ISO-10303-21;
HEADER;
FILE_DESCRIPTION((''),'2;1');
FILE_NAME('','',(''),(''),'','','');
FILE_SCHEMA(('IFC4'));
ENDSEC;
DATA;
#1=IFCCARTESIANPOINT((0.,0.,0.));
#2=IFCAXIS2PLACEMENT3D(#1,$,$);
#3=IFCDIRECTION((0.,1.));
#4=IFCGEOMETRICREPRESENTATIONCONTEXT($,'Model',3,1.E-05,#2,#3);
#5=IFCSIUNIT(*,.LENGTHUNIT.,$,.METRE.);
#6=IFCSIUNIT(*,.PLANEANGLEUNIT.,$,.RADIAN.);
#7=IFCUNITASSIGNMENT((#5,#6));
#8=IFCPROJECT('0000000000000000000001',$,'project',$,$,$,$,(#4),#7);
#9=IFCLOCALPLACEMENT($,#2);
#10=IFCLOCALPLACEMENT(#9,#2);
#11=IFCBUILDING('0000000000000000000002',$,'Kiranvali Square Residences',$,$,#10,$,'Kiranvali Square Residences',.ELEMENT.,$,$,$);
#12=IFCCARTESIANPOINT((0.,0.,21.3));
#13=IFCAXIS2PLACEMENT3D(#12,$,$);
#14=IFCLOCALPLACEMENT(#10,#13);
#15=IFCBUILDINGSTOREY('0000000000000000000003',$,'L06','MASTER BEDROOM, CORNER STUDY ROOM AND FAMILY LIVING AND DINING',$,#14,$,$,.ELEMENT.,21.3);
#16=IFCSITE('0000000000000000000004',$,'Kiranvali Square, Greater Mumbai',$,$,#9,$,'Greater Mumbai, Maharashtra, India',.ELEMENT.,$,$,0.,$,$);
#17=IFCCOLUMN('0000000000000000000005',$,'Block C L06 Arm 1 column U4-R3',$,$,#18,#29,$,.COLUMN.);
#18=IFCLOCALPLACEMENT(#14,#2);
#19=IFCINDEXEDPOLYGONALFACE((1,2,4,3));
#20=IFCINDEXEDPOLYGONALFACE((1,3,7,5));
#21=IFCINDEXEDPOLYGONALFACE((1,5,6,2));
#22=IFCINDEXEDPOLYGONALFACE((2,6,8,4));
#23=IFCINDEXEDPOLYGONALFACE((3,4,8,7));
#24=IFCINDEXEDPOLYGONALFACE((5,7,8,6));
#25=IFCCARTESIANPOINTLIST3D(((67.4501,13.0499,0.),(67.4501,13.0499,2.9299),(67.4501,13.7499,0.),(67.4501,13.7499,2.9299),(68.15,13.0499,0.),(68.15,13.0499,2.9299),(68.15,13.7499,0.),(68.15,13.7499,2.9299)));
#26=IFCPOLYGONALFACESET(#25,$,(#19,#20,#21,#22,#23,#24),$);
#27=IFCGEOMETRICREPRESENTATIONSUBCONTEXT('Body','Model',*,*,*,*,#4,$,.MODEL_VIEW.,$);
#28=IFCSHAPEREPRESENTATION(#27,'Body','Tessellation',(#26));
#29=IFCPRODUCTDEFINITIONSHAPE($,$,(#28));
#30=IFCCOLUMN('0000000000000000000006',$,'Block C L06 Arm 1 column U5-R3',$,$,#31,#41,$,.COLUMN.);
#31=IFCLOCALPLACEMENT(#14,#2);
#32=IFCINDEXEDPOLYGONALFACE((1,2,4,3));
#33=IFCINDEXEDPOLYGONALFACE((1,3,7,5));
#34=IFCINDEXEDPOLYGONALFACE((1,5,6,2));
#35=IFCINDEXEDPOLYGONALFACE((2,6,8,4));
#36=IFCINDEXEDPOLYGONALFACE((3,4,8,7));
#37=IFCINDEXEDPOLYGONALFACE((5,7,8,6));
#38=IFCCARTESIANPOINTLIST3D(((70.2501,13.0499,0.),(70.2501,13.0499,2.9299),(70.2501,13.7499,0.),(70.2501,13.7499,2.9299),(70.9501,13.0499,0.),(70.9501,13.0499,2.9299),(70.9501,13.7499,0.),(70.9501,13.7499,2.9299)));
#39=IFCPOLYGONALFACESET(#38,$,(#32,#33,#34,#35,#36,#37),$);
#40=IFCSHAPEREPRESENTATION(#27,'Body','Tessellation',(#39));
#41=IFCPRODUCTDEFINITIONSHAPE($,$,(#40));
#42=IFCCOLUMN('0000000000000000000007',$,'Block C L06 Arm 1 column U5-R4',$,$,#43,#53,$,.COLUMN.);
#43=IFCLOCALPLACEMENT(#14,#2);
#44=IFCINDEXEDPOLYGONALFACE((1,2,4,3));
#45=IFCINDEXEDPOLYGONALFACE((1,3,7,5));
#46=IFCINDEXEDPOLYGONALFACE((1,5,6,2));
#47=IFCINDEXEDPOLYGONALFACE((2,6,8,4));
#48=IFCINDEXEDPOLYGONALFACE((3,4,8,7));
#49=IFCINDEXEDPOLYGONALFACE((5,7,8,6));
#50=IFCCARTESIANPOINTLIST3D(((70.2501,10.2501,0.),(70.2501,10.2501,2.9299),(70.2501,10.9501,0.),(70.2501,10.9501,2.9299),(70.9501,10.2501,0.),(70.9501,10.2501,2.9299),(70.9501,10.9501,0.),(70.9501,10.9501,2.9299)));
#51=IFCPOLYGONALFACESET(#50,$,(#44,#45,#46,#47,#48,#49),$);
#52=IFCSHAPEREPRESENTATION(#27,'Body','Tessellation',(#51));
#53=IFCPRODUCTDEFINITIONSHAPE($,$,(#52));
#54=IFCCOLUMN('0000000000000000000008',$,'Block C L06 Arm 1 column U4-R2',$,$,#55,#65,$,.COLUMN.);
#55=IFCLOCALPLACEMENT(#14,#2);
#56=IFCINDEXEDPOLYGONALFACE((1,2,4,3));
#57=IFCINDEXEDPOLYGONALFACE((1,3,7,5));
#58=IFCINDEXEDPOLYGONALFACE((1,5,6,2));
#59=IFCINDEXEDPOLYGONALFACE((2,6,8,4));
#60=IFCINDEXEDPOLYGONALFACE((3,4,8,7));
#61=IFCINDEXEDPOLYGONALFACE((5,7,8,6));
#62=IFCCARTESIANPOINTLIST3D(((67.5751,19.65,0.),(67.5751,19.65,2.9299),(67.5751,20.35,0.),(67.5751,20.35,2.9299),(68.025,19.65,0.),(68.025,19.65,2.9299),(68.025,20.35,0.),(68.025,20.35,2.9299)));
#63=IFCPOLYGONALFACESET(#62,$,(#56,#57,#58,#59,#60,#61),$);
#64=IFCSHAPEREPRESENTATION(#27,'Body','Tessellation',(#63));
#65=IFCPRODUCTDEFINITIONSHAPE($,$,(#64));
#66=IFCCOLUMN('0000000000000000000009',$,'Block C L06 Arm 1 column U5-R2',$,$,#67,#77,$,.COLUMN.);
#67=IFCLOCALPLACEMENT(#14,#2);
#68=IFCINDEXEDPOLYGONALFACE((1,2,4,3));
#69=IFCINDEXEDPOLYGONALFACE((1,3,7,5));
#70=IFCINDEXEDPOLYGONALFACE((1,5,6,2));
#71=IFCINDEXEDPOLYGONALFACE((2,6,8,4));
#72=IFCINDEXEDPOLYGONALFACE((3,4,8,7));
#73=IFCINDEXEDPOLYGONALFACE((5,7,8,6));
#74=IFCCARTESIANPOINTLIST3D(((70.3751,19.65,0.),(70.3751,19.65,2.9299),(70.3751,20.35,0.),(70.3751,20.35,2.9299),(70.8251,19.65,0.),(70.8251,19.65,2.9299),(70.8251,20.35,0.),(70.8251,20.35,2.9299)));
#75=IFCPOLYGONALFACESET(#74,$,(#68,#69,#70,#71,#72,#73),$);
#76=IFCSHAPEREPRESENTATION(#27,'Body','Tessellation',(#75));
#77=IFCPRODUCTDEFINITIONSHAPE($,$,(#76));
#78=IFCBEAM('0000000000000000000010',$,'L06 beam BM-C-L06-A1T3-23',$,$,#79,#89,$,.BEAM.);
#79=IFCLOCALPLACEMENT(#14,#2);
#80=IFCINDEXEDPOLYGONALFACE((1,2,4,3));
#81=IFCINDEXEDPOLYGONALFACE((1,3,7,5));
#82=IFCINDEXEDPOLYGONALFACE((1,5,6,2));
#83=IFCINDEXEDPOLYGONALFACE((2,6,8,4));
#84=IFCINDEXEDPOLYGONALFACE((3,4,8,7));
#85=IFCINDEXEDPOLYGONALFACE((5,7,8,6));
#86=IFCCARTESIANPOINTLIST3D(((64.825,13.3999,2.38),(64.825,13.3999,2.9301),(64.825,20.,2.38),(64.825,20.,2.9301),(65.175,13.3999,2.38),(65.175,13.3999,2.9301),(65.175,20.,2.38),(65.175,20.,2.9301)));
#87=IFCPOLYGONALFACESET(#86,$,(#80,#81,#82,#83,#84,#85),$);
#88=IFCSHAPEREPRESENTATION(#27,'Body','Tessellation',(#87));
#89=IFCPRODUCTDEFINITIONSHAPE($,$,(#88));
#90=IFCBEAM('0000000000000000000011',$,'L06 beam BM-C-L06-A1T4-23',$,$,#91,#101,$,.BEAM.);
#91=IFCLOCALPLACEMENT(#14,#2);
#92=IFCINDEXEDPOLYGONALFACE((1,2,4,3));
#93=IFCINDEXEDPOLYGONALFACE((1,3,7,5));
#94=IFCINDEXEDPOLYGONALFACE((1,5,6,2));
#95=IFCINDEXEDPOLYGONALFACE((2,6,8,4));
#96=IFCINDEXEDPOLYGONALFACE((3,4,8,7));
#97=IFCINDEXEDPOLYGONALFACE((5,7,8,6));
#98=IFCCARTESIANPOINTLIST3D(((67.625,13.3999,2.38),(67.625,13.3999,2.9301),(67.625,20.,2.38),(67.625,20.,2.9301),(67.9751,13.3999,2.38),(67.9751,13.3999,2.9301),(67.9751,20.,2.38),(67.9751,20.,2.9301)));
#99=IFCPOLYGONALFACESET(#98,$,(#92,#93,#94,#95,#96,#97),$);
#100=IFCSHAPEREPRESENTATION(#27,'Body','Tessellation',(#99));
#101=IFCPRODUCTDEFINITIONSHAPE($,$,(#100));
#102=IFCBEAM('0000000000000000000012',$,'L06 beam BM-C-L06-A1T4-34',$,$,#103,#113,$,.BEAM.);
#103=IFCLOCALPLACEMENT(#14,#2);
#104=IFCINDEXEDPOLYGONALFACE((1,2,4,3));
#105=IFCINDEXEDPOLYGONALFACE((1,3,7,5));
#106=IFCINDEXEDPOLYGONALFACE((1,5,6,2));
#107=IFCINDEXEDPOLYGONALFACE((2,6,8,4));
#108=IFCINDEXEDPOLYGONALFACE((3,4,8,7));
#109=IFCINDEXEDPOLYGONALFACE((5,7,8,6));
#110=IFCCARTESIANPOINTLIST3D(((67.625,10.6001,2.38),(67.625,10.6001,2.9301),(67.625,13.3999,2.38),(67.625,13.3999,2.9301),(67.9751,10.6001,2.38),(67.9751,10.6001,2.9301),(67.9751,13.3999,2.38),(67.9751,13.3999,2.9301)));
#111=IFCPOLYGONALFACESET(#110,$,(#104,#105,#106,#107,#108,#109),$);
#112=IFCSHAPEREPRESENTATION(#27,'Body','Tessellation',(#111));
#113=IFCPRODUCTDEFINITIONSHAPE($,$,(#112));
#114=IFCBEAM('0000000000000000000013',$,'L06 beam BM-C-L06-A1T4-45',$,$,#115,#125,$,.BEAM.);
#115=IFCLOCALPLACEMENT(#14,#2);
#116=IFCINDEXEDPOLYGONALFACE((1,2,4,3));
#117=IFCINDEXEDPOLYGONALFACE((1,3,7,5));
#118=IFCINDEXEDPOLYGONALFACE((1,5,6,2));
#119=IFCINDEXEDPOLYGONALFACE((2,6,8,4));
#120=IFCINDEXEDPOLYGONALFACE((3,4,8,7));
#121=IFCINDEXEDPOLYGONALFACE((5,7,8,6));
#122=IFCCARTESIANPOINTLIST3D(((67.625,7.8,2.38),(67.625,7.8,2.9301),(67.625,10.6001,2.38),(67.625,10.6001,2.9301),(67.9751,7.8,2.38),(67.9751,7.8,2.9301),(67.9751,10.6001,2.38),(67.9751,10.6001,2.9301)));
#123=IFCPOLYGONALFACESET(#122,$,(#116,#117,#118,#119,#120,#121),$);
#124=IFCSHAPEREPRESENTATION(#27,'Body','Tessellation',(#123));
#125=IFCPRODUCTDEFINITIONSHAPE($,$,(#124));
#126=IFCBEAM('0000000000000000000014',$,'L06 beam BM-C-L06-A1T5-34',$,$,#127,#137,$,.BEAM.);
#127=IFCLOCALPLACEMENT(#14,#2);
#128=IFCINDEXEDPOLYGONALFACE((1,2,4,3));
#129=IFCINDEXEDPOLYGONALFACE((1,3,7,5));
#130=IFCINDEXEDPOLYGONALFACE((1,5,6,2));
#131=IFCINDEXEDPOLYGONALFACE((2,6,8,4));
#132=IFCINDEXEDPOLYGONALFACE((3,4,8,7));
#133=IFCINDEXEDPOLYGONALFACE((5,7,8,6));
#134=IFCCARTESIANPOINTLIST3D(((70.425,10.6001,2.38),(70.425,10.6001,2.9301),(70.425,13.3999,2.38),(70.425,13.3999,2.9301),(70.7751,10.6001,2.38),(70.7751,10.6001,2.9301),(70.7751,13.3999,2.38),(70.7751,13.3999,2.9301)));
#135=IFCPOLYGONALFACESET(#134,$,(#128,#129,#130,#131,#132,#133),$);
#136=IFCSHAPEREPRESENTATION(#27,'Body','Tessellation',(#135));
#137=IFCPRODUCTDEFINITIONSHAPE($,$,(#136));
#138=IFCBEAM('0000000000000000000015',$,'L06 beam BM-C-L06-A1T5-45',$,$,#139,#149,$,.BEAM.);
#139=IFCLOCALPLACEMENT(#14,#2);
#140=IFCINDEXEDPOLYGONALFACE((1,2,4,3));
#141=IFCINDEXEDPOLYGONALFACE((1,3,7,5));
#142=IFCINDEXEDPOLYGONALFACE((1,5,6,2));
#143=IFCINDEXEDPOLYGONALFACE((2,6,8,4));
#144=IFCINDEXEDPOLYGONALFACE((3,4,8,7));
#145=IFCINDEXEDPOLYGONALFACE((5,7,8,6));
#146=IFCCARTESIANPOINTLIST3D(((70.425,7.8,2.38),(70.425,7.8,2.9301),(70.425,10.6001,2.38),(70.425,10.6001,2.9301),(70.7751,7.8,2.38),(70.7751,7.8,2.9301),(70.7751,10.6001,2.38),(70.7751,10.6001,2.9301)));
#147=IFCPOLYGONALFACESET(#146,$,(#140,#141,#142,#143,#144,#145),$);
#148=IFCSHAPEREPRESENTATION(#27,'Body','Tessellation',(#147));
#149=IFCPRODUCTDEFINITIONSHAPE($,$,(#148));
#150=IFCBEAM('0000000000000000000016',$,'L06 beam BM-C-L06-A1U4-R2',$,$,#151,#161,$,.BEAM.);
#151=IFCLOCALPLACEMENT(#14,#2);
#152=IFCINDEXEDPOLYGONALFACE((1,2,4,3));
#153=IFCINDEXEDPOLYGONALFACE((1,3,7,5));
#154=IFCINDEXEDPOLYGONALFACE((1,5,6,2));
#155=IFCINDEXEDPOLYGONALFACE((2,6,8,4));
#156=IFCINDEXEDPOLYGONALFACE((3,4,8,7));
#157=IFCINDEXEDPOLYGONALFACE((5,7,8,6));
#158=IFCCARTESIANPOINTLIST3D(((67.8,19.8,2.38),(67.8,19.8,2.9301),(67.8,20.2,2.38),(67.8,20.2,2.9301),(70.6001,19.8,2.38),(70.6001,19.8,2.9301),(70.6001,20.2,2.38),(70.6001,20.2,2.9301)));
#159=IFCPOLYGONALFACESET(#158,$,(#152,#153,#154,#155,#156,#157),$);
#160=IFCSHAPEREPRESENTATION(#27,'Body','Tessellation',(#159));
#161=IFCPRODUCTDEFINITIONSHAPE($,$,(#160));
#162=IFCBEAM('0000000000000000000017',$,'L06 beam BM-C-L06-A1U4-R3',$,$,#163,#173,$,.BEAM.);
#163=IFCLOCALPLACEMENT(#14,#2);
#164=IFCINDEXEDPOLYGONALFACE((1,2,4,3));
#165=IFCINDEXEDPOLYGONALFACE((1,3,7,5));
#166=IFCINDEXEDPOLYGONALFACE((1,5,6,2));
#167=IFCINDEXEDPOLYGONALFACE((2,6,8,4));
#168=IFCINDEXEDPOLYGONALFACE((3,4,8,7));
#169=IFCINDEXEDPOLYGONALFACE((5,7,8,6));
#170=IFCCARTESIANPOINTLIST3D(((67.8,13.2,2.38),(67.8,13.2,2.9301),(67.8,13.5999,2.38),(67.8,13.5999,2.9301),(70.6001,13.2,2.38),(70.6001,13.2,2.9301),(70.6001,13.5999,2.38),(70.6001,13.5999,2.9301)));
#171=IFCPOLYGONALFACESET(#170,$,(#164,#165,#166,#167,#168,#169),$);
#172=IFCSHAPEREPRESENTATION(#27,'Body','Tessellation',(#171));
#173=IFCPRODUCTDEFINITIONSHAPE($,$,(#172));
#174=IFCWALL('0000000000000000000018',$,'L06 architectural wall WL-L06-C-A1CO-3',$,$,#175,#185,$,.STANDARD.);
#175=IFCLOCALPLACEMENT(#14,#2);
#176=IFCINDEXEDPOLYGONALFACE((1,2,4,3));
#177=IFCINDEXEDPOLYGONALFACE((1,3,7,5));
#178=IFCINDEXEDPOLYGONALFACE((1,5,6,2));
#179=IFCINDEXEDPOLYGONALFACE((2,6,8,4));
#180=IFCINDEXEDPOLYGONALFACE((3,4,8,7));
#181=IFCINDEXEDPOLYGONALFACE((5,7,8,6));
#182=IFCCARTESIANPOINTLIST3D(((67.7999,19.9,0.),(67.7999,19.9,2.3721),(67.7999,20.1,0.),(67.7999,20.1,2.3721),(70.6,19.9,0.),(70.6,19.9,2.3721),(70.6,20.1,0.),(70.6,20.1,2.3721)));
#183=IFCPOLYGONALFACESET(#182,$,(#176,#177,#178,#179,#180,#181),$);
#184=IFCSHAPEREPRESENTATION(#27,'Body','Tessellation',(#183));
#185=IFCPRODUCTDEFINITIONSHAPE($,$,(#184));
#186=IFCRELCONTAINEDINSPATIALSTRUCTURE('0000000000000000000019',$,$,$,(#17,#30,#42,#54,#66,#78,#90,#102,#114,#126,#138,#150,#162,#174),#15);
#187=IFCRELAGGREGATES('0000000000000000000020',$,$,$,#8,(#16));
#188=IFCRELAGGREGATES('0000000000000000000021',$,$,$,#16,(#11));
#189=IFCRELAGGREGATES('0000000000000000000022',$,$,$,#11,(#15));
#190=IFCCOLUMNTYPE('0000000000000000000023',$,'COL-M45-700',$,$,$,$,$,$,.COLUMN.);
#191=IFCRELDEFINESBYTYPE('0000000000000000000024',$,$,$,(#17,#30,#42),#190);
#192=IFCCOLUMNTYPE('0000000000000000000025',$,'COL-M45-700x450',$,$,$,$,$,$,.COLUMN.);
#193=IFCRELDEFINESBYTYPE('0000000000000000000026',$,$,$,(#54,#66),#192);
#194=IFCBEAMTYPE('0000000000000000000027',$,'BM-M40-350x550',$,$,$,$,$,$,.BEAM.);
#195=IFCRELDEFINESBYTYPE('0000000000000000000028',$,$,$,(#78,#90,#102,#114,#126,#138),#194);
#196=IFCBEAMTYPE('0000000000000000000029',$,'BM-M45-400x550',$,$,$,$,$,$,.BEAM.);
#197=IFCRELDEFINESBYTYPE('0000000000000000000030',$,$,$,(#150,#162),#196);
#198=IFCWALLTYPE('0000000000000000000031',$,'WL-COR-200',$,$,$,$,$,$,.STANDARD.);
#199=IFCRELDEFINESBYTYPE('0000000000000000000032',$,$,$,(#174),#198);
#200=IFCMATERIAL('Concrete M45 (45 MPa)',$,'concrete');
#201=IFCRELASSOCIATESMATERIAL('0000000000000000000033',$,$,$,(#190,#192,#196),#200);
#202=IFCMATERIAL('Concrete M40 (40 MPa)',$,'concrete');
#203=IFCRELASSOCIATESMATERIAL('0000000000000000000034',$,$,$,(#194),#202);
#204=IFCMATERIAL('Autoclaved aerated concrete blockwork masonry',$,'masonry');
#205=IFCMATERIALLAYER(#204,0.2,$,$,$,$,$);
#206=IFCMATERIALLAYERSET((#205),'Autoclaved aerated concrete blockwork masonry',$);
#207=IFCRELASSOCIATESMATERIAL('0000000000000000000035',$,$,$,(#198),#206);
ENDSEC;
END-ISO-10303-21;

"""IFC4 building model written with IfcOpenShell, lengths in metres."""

from ifc_helpers import new_model, si_unit, direction, frame, frame_2d, origin, origin_2d, place, context, subcontext, project, spatial, rectangle, extrude, material, layer, layer_set, material_profile, profile_set, type_object, element, save


model = new_model("IFC4")

# Units and contexts
model_context = context("Model", 3, precision=1e-05, world=origin(), true_north=direction((0.0, 1.0)))
body_context = subcontext(model_context, "Body", "Model", "MODEL_VIEW")
ifc_project = project(units=[si_unit("LENGTHUNIT", "METRE"), si_unit("PLANEANGLEUNIT", "RADIAN")], contexts=[model_context])

# Site, building, storey
site_placement = place(None, origin())
site = spatial("IfcSite", under=ifc_project, at=site_placement, Name="Kiranvali Square, Greater Mumbai", LongName="Greater Mumbai, Maharashtra, India", CompositionType="ELEMENT", RefElevation=0.0)
building_placement = place(site_placement, origin())
building = spatial("IfcBuilding", under=site, at=building_placement, Name="Kiranvali Square Residences", LongName="Kiranvali Square Residences", CompositionType="ELEMENT")
storey_placement = place(building_placement, frame((0.0, 0.0, 21.3)))
storey = spatial("IfcBuildingStorey", under=building, at=storey_placement, Name="L06", Description="MASTER BEDROOM, CORNER STUDY ROOM AND FAMILY LIVING AND DINING", CompositionType="ELEMENT", Elevation=21.3)

# Columns
ifc_material_1 = material(Name="Concrete M45 (45 MPa)", Category="concrete")
ifc_material_profile_1 = material_profile(ifc_material_1, rectangle(XDim=0.7, YDim=0.7, at=origin_2d()), Name="RC 700x700")
ifc_profile_set_1 = profile_set([ifc_material_profile_1], Name="Concrete M45 (45 MPa)")
column_type_1 = type_object("IfcColumnType", Name="COL-M45-700", PredefinedType="COLUMN", material=ifc_profile_set_1)
for number, where, z_axis, x_axis, name in (
    (1, (67.8, 13.3999, 0.0), (0.0, 0.0, 1.0), (1.0, 0.0, 0.0), "Block C L06 Arm 1 column U4-R3"),
    (2, (70.6001, 13.3999, 0.0), (0.0, 0.0, 1.0), (1.0, 0.0, 0.0), "Block C L06 Arm 1 column U5-R3"),
    (3, (70.6001, 10.6001, 0.0), (0.0, 0.0, 1.0), (1.0, 0.0, 0.0), "Block C L06 Arm 1 column U5-R4"),
):
    element("IfcColumn", number, at=place(storey_placement, frame(where, z_axis=z_axis, x_axis=x_axis)), inside=storey, type_object=column_type_1, Name=name, PredefinedType="COLUMN", context=body_context, shape_type="SweptSolid", body=[
        extrude(rectangle(XDim=0.7, YDim=0.7, at=origin_2d()), origin(), (0.0, 0.0, 1.0), 2.9299),
    ])
ifc_material_profile_2 = material_profile(ifc_material_1, rectangle(XDim=0.45, YDim=0.7, at=origin_2d()), Name="RC 700x450")
ifc_profile_set_2 = profile_set([ifc_material_profile_2], Name="Concrete M45 (45 MPa)")
column_type_2 = type_object("IfcColumnType", Name="COL-M45-700x450", PredefinedType="COLUMN", material=ifc_profile_set_2)
for number, where, z_axis, x_axis, name in (
    (4, (67.8, 20.0, 0.0), (0.0, 0.0, 1.0), (1.0, 0.0, 0.0), "Block C L06 Arm 1 column U4-R2"),
    (5, (70.6001, 20.0, 0.0), (0.0, 0.0, 1.0), (1.0, 0.0, 0.0), "Block C L06 Arm 1 column U5-R2"),
):
    element("IfcColumn", number, at=place(storey_placement, frame(where, z_axis=z_axis, x_axis=x_axis)), inside=storey, type_object=column_type_2, Name=name, PredefinedType="COLUMN", context=body_context, shape_type="SweptSolid", body=[
        extrude(rectangle(XDim=0.45, YDim=0.7, at=origin_2d()), origin(), (0.0, 0.0, 1.0), 2.9299),
    ])

# Beams
ifc_material_2 = material(Name="Concrete M40 (40 MPa)", Category="concrete")
ifc_material_profile_3 = material_profile(ifc_material_2, rectangle(XDim=0.3501, YDim=0.55, at=origin_2d()), Name="RC 350x550")
ifc_profile_set_3 = profile_set([ifc_material_profile_3], Name="Concrete M40 (40 MPa)")
beam_type_1 = type_object("IfcBeamType", Name="BM-M40-350x550", PredefinedType="BEAM", material=ifc_profile_set_3)
for number, where, z_axis, x_axis, name in (
    (6, (65.0, 20.0, 2.655), (0.0, -1.0, 0.0), (1.0, 0.0, 0.0), "L06 beam BM-C-L06-A1T3-23"),
    (7, (67.8, 20.0, 2.655), (0.0, -1.0, 0.0), (1.0, 0.0, 0.0), "L06 beam BM-C-L06-A1T4-23"),
):
    element("IfcBeam", number, at=place(storey_placement, frame(where, z_axis=z_axis, x_axis=x_axis)), inside=storey, type_object=beam_type_1, Name=name, PredefinedType="BEAM", context=body_context, shape_type="SweptSolid", body=[
        extrude(rectangle(XDim=0.3501, YDim=0.55, at=origin_2d()), origin(), (0.0, 0.0, 1.0), 6.6001),
    ])
beam_1_placement = place(storey_placement, frame((67.8, 13.3999, 2.655), z_axis=(0.0, -1.0, 0.0), x_axis=(1.0, 0.0, 0.0)))
element("IfcBeam", 8, at=beam_1_placement, inside=storey, type_object=beam_type_1, Name="L06 beam BM-C-L06-A1T4-34", PredefinedType="BEAM", context=body_context, shape_type="SweptSolid", body=[
    extrude(rectangle(XDim=0.3501, YDim=0.55, at=origin_2d()), origin(), (0.0, 0.0, 1.0), 2.7998),
])
beam_2_placement = place(storey_placement, frame((67.8, 10.6001, 2.655), z_axis=(0.0, -1.0, 0.0), x_axis=(1.0, 0.0, 0.0)))
element("IfcBeam", 9, at=beam_2_placement, inside=storey, type_object=beam_type_1, Name="L06 beam BM-C-L06-A1T4-45", PredefinedType="BEAM", context=body_context, shape_type="SweptSolid", body=[
    extrude(rectangle(XDim=0.3501, YDim=0.55, at=origin_2d()), origin(), (0.0, 0.0, 1.0), 2.8),
])
beam_3_placement = place(storey_placement, frame((70.6001, 13.3999, 2.655), z_axis=(0.0, -1.0, 0.0), x_axis=(1.0, 0.0, 0.0)))
element("IfcBeam", 10, at=beam_3_placement, inside=storey, type_object=beam_type_1, Name="L06 beam BM-C-L06-A1T5-34", PredefinedType="BEAM", context=body_context, shape_type="SweptSolid", body=[
    extrude(rectangle(XDim=0.3501, YDim=0.55, at=origin_2d()), origin(), (0.0, 0.0, 1.0), 2.7998),
])
beam_4_placement = place(storey_placement, frame((70.6001, 10.6001, 2.655), z_axis=(0.0, -1.0, 0.0), x_axis=(1.0, 0.0, 0.0)))
element("IfcBeam", 11, at=beam_4_placement, inside=storey, type_object=beam_type_1, Name="L06 beam BM-C-L06-A1T5-45", PredefinedType="BEAM", context=body_context, shape_type="SweptSolid", body=[
    extrude(rectangle(XDim=0.3501, YDim=0.55, at=origin_2d()), origin(), (0.0, 0.0, 1.0), 2.8),
])
ifc_material_profile_4 = material_profile(ifc_material_1, rectangle(XDim=0.3999, YDim=0.55, at=origin_2d()), Name="RC 400x550")
ifc_profile_set_4 = profile_set([ifc_material_profile_4], Name="Concrete M45 (45 MPa)")
beam_type_2 = type_object("IfcBeamType", Name="BM-M45-400x550", PredefinedType="BEAM", material=ifc_profile_set_4)
for number, where, z_axis, x_axis, name in (
    (12, (67.8, 20.0, 2.655), (1.0, 0.0, 0.0), (0.0, 1.0, 0.0), "L06 beam BM-C-L06-A1U4-R2"),
    (13, (67.8, 13.3999, 2.655), (1.0, 0.0, 0.0), (0.0, 1.0, 0.0), "L06 beam BM-C-L06-A1U4-R3"),
):
    element("IfcBeam", number, at=place(storey_placement, frame(where, z_axis=z_axis, x_axis=x_axis)), inside=storey, type_object=beam_type_2, Name=name, PredefinedType="BEAM", context=body_context, shape_type="SweptSolid", body=[
        extrude(rectangle(XDim=0.3999, YDim=0.55, at=origin_2d()), origin(), (0.0, 0.0, 1.0), 2.8),
    ])

# Shared definitions
ifc_material_3 = material(Name="Autoclaved aerated concrete blockwork masonry", Category="masonry")
ifc_layer_1 = layer(ifc_material_3, 0.2)
ifc_layer_set_1 = layer_set([ifc_layer_1], Name="Autoclaved aerated concrete blockwork masonry")
wall_type_1 = type_object("IfcWallType", Name="WL-COR-200", PredefinedType="STANDARD", material=ifc_layer_set_1)

# Wall
wall_1_placement = place(storey_placement, frame((67.8, 20.0, 0.0), z_axis=(0.0, 0.0, 1.0), x_axis=(1.0, 0.0, 0.0)))
element("IfcWall", 14, at=wall_1_placement, inside=storey, type_object=wall_type_1, Name="L06 architectural wall WL-L06-C-A1CO-3", PredefinedType="STANDARD", context=body_context, shape_type="SweptSolid", body=[
    extrude(rectangle(XDim=2.8, YDim=0.2, at=frame_2d((1.3999, 0.0))), origin(), (0.0, 0.0, 1.0), 2.3721),
])

save(model, "model.ifc")
